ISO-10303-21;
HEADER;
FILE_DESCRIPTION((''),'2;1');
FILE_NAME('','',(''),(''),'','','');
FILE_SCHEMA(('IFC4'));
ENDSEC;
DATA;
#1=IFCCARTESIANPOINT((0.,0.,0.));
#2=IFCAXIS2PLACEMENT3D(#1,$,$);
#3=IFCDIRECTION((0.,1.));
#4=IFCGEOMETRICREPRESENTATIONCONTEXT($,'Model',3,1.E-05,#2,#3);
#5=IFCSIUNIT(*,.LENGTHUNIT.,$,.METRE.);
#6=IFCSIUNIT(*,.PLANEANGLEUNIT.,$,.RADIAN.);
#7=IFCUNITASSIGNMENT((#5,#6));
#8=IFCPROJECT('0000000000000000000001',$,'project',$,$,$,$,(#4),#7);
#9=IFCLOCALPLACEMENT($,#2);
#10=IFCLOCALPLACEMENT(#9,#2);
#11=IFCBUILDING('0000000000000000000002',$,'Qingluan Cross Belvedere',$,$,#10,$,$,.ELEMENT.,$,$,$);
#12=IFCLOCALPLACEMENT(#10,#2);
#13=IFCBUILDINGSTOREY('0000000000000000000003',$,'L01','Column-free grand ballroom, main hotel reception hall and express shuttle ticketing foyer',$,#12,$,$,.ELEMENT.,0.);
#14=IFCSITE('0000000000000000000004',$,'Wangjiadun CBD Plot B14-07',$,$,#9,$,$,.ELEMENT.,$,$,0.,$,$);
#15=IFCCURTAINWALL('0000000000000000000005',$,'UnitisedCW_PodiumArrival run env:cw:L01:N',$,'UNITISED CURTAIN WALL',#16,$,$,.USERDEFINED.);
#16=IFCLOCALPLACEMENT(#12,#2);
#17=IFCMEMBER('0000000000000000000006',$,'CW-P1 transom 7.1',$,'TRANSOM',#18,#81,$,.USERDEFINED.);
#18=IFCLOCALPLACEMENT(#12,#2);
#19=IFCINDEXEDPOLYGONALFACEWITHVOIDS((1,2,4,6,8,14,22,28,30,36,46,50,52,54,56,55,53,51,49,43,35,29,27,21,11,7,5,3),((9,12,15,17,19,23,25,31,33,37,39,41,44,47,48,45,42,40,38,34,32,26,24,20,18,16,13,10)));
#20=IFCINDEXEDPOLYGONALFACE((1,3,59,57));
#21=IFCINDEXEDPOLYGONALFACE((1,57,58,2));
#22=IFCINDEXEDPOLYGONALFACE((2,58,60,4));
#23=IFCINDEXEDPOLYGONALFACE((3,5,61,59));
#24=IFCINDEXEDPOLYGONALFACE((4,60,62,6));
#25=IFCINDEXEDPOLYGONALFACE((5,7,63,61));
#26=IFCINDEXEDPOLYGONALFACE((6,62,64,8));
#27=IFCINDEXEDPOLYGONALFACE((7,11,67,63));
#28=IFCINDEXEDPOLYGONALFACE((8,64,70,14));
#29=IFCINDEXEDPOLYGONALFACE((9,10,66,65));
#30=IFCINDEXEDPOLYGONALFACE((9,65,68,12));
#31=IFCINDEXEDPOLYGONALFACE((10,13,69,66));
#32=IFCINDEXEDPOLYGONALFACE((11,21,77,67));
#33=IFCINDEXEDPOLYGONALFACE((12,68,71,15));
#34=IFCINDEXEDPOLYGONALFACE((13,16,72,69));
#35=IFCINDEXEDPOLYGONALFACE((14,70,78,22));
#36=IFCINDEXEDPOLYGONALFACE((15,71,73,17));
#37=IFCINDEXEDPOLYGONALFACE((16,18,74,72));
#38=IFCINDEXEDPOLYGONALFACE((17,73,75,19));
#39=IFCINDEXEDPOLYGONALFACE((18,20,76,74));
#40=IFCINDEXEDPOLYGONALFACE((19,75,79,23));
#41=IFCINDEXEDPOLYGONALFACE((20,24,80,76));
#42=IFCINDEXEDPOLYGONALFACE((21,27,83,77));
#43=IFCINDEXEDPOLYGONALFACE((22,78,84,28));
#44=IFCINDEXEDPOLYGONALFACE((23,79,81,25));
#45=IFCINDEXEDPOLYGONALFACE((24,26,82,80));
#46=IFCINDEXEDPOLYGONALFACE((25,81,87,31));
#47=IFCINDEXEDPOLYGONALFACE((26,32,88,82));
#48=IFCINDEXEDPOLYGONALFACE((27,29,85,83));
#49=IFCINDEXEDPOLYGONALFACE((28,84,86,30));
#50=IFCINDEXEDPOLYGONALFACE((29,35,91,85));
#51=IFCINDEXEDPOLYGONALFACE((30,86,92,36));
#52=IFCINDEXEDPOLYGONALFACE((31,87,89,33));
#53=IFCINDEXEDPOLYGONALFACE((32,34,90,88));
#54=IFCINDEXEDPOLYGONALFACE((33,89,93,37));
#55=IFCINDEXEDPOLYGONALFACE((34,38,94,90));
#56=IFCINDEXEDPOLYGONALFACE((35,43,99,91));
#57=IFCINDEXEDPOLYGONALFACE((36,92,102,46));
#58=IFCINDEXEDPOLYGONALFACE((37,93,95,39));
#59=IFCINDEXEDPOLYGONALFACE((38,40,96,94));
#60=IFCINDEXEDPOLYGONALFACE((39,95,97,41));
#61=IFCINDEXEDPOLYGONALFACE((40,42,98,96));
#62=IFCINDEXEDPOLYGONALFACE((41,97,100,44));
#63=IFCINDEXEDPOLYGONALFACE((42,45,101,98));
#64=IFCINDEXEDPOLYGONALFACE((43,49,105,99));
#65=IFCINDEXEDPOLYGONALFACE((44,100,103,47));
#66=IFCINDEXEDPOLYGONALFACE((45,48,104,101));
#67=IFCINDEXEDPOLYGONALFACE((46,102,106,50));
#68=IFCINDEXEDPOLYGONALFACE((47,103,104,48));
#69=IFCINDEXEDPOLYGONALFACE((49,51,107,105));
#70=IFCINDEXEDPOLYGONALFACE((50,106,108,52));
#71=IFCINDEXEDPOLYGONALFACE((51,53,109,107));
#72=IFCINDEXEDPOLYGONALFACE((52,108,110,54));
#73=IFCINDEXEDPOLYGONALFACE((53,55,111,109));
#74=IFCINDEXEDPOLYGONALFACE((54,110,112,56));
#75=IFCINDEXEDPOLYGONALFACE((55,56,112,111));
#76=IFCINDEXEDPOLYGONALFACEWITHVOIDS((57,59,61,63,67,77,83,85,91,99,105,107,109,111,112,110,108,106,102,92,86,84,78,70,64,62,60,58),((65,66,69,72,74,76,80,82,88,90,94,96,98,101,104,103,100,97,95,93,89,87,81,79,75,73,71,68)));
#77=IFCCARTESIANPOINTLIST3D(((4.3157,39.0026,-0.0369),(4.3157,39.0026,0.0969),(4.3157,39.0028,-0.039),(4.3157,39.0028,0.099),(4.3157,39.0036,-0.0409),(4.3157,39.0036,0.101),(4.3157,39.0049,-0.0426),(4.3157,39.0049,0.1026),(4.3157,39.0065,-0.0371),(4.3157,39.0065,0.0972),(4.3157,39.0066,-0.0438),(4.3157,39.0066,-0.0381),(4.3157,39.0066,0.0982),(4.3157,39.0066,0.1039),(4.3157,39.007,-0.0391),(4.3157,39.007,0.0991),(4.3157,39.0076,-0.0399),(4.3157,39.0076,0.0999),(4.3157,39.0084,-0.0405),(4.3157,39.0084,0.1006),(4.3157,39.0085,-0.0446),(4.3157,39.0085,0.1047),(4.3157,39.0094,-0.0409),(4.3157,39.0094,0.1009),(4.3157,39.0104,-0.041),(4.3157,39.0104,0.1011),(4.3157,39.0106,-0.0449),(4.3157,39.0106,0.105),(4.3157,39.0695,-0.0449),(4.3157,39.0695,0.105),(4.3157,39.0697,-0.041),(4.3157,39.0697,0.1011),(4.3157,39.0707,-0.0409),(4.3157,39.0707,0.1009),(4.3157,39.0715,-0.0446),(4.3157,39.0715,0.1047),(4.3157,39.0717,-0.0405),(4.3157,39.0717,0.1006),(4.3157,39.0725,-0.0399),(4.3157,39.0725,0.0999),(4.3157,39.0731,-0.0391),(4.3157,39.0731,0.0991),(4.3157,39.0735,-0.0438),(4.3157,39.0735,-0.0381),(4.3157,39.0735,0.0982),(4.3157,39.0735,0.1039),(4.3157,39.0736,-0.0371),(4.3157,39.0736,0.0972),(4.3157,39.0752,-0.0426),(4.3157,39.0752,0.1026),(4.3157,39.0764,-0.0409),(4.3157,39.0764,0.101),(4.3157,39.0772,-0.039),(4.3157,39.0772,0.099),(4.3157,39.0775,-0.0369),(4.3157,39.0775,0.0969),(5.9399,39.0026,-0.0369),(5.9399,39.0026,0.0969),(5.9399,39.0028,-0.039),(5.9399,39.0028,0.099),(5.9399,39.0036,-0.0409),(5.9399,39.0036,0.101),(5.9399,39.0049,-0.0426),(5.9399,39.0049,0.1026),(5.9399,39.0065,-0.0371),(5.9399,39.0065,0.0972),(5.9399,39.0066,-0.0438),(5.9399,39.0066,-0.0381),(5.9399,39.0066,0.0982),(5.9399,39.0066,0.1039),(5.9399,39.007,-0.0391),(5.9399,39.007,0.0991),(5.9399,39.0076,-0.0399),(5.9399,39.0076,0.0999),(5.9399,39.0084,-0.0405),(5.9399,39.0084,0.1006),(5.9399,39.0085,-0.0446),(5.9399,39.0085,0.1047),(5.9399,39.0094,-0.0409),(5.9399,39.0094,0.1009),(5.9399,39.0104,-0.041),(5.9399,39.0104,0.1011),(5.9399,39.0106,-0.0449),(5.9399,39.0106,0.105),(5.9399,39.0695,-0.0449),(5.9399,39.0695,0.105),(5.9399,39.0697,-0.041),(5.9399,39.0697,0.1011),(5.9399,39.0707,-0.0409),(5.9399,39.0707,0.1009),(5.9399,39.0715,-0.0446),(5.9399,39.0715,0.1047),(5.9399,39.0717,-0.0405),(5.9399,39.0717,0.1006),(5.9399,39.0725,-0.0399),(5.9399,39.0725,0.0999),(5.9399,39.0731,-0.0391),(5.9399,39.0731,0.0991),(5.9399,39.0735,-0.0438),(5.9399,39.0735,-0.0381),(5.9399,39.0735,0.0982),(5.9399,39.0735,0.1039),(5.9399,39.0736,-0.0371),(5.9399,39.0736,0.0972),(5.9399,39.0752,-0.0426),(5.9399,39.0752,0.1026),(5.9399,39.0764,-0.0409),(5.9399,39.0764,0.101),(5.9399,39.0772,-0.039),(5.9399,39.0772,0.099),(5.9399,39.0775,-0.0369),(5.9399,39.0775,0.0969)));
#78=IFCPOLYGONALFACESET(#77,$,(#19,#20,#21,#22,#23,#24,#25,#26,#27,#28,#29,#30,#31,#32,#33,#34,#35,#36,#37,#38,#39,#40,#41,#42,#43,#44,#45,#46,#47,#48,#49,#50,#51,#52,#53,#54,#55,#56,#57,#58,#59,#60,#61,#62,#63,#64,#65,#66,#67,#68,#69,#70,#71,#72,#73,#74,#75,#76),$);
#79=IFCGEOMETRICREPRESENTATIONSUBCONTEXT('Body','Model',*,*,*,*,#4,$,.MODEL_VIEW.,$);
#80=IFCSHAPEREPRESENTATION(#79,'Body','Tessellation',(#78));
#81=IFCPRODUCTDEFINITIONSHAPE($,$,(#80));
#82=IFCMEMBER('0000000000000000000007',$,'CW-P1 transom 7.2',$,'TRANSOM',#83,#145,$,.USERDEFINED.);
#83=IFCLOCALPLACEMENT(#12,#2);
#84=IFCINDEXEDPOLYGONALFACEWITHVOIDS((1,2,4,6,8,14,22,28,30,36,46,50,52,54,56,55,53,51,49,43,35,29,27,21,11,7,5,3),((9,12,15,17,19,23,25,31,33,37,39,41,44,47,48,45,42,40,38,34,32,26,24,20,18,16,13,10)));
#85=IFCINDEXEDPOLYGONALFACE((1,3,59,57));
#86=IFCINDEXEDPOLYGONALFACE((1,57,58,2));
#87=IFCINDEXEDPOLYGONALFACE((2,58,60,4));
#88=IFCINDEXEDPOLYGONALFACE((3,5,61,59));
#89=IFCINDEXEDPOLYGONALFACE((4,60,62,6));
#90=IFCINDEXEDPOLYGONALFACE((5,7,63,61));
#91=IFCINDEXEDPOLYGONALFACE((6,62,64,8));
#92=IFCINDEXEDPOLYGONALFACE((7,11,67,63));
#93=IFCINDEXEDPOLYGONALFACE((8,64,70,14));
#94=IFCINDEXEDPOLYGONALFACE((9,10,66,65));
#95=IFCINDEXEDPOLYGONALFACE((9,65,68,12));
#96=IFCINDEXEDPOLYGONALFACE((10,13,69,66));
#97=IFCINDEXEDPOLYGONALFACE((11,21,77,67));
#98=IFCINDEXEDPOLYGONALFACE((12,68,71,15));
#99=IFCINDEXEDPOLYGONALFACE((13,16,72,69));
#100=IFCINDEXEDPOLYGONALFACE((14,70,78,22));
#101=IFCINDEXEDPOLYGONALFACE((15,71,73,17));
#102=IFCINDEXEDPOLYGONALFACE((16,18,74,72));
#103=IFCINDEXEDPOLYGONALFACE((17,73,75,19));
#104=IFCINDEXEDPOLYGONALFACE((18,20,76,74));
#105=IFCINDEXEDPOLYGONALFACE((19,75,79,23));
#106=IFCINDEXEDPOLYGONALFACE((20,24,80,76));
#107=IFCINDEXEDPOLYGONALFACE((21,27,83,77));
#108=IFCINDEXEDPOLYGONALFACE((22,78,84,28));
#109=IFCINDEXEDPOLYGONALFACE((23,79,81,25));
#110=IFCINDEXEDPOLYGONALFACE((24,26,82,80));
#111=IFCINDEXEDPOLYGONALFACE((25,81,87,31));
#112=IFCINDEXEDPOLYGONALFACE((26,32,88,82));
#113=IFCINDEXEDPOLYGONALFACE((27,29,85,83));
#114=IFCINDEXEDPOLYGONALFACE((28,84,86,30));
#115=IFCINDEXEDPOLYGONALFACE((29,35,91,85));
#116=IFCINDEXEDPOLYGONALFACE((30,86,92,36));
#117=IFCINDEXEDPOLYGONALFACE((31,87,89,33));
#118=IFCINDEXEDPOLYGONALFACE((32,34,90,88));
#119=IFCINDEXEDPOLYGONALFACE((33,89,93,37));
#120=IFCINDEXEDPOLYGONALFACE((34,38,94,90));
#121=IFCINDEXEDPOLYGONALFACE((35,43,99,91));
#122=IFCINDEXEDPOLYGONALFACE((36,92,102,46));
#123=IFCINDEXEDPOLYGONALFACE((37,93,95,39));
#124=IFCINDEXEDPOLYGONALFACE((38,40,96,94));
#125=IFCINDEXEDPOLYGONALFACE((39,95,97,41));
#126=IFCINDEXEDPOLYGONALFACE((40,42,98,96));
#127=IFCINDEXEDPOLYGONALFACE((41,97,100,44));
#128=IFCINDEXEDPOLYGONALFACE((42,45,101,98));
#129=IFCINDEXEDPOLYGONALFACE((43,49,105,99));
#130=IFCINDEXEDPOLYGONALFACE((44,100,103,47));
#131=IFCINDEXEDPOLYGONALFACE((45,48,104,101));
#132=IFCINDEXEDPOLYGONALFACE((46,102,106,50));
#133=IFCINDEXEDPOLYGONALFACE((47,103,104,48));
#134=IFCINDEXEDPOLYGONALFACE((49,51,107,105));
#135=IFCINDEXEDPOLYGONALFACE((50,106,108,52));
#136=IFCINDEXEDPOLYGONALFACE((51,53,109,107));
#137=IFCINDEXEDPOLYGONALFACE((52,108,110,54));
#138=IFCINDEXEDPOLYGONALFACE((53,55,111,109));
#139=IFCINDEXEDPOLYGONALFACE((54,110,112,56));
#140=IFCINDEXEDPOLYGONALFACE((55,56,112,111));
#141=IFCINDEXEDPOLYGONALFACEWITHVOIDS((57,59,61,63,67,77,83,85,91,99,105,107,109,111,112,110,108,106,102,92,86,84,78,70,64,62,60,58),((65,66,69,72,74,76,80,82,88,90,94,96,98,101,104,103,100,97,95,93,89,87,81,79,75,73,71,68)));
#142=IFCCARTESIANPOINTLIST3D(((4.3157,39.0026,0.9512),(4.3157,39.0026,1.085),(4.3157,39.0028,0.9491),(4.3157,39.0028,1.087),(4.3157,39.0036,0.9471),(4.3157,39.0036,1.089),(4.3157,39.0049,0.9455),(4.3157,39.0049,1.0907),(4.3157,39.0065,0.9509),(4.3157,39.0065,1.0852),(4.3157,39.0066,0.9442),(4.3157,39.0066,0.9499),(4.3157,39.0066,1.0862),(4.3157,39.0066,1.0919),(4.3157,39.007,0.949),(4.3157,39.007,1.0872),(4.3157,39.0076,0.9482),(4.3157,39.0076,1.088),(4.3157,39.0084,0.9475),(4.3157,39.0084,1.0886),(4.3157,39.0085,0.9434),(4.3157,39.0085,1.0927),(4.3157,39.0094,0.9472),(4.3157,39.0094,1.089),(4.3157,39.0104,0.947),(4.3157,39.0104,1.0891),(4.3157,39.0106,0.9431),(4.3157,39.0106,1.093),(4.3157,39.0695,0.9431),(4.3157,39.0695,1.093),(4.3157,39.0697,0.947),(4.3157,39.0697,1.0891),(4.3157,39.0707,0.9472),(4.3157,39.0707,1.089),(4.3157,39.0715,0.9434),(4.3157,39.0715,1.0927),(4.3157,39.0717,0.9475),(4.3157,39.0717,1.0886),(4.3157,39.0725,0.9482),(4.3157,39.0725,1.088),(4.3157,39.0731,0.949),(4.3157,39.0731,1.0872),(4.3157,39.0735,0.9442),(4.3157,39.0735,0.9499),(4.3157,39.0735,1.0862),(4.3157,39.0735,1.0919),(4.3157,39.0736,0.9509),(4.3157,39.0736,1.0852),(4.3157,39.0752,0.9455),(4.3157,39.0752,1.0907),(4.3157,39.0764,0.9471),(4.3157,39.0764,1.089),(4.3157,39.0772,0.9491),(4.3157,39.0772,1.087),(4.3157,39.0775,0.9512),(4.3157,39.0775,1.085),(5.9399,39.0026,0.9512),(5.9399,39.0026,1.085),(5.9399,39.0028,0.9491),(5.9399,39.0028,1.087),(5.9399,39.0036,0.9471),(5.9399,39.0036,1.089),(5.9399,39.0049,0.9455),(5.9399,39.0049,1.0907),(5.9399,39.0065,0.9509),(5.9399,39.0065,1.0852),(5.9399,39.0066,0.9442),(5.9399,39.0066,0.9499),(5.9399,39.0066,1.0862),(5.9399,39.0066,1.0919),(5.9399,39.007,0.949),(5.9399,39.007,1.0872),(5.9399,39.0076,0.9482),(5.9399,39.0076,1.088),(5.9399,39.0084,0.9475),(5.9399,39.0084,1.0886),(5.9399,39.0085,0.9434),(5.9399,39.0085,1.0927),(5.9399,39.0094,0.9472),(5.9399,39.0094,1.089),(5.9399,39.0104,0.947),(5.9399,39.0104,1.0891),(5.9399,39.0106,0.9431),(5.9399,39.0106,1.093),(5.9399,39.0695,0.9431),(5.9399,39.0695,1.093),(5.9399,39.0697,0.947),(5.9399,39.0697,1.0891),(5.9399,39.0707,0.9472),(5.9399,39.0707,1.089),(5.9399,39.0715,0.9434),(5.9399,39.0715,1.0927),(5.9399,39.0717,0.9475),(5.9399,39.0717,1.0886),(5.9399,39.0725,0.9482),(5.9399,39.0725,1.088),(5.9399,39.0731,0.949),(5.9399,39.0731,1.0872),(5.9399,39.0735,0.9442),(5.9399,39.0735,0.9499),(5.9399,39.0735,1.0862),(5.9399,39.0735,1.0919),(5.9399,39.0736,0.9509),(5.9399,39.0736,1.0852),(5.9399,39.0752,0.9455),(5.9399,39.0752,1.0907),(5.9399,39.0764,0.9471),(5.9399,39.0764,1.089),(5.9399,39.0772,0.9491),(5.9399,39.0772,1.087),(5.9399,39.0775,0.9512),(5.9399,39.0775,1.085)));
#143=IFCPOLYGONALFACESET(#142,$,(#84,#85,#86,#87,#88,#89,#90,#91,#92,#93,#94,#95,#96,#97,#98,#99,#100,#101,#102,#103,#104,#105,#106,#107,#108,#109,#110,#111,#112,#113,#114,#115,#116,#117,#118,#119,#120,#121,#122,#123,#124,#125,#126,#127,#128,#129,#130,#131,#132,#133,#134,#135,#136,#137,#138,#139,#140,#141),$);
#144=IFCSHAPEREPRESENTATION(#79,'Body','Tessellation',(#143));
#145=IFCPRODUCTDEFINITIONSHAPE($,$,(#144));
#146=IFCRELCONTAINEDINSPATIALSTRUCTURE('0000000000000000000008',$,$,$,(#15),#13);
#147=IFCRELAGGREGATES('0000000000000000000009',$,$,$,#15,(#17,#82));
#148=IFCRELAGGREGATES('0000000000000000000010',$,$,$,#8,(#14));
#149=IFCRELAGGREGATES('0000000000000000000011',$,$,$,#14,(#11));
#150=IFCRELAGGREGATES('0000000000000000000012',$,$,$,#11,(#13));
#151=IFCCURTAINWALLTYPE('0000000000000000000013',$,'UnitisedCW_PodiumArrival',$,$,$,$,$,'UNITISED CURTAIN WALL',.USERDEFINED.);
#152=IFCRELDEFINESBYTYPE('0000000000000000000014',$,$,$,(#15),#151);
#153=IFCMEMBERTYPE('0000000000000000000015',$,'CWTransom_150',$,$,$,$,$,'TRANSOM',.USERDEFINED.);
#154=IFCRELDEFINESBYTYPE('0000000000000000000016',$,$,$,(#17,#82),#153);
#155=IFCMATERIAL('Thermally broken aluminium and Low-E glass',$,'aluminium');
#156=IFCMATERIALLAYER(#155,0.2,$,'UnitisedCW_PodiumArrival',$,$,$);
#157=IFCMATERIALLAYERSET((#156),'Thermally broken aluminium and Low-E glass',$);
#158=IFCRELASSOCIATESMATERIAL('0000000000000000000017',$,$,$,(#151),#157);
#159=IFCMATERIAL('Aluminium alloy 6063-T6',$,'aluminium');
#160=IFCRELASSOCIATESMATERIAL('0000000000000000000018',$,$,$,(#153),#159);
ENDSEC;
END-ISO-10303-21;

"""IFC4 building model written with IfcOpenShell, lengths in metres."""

from ifc_helpers import new_model, si_unit, direction, frame, origin, origin_2d, place, context, subcontext, project, spatial, hollow_rectangle, extrude, material, layer, layer_set, material_profile, profile_set, type_object, element, aggregate, save


model = new_model("IFC4")

# Units and contexts
model_context = context("Model", 3, precision=1e-05, world=origin(), true_north=direction((0.0, 1.0)))
body_context = subcontext(model_context, "Body", "Model", "MODEL_VIEW")
ifc_project = project(units=[si_unit("LENGTHUNIT", "METRE"), si_unit("PLANEANGLEUNIT", "RADIAN")], contexts=[model_context])

# Site, building, storey
site_placement = place(None, origin())
site = spatial("IfcSite", under=ifc_project, at=site_placement, Name="Wangjiadun CBD Plot B14-07", CompositionType="ELEMENT", RefElevation=0.0)
building_placement = place(site_placement, origin())
building = spatial("IfcBuilding", under=site, at=building_placement, Name="Qingluan Cross Belvedere", CompositionType="ELEMENT")
storey_placement = place(building_placement, origin())
storey = spatial("IfcBuildingStorey", under=building, at=storey_placement, Name="L01", Description="Column-free grand ballroom, main hotel reception hall and express shuttle ticketing foyer", CompositionType="ELEMENT", Elevation=0.0)

# Curtain wall, members
ifc_material_1 = material(Name="Thermally broken aluminium and Low-E glass", Category="aluminium")
ifc_layer_1 = layer(ifc_material_1, 0.2, Name="UnitisedCW_PodiumArrival")
ifc_layer_set_1 = layer_set([ifc_layer_1], Name="Thermally broken aluminium and Low-E glass")
curtain_wall_type = type_object("IfcCurtainWallType", Name="UnitisedCW_PodiumArrival", ElementType="UNITISED CURTAIN WALL", PredefinedType="USERDEFINED", material=ifc_layer_set_1)
curtain_wall_placement = place(storey_placement, origin())
curtain_wall = element("IfcCurtainWall", 1, at=curtain_wall_placement, inside=storey, type_object=curtain_wall_type, Name="UnitisedCW_PodiumArrival run env:cw:L01:N", ObjectType="UNITISED CURTAIN WALL", PredefinedType="USERDEFINED")
ifc_material_2 = material(Name="Aluminium alloy 6063-T6", Category="aluminium")
ifc_material_profile_1 = material_profile(ifc_material_2, hollow_rectangle(XDim=0.075, YDim=0.1499, WallThickness=0.0039, InnerFilletRadius=0.0039, OuterFilletRadius=0.0081, at=origin_2d()), Name="CWT150x75x4")
ifc_profile_set_1 = profile_set([ifc_material_profile_1], Name="Aluminium alloy 6063-T6")
member_type_1 = type_object("IfcMemberType", Name="CWTransom_150", ElementType="TRANSOM", PredefinedType="USERDEFINED", material=ifc_profile_set_1)
member_1_placement = place(storey_placement, frame((4.3157, 39.04, 0.03), z_axis=(1.0, 0.0, 0.0), x_axis=(0.0, 1.0, 0.0)))
member_1 = element("IfcMember", 2, at=member_1_placement, type_object=member_type_1, Name="CW-P1 transom 7.1", ObjectType="TRANSOM", PredefinedType="USERDEFINED", context=body_context, shape_type="SweptSolid", body=[
    extrude(hollow_rectangle(XDim=0.075, YDim=0.1499, WallThickness=0.0039, InnerFilletRadius=0.0039, OuterFilletRadius=0.0081, at=origin_2d()), origin(), (0.0, 0.0, 1.0), 1.6243),
])
member_2_placement = place(storey_placement, frame((4.3157, 39.04, 1.0181), z_axis=(1.0, 0.0, 0.0), x_axis=(0.0, 1.0, 0.0)))
member_2 = element("IfcMember", 3, at=member_2_placement, type_object=member_type_1, Name="CW-P1 transom 7.2", ObjectType="TRANSOM", PredefinedType="USERDEFINED", context=body_context, shape_type="SweptSolid", body=[
    extrude(hollow_rectangle(XDim=0.075, YDim=0.1499, WallThickness=0.0039, InnerFilletRadius=0.0039, OuterFilletRadius=0.0081, at=origin_2d()), origin(), (0.0, 0.0, 1.0), 1.6243),
])

aggregate(curtain_wall, [member_1, member_2])

save(model, "model.ifc")
